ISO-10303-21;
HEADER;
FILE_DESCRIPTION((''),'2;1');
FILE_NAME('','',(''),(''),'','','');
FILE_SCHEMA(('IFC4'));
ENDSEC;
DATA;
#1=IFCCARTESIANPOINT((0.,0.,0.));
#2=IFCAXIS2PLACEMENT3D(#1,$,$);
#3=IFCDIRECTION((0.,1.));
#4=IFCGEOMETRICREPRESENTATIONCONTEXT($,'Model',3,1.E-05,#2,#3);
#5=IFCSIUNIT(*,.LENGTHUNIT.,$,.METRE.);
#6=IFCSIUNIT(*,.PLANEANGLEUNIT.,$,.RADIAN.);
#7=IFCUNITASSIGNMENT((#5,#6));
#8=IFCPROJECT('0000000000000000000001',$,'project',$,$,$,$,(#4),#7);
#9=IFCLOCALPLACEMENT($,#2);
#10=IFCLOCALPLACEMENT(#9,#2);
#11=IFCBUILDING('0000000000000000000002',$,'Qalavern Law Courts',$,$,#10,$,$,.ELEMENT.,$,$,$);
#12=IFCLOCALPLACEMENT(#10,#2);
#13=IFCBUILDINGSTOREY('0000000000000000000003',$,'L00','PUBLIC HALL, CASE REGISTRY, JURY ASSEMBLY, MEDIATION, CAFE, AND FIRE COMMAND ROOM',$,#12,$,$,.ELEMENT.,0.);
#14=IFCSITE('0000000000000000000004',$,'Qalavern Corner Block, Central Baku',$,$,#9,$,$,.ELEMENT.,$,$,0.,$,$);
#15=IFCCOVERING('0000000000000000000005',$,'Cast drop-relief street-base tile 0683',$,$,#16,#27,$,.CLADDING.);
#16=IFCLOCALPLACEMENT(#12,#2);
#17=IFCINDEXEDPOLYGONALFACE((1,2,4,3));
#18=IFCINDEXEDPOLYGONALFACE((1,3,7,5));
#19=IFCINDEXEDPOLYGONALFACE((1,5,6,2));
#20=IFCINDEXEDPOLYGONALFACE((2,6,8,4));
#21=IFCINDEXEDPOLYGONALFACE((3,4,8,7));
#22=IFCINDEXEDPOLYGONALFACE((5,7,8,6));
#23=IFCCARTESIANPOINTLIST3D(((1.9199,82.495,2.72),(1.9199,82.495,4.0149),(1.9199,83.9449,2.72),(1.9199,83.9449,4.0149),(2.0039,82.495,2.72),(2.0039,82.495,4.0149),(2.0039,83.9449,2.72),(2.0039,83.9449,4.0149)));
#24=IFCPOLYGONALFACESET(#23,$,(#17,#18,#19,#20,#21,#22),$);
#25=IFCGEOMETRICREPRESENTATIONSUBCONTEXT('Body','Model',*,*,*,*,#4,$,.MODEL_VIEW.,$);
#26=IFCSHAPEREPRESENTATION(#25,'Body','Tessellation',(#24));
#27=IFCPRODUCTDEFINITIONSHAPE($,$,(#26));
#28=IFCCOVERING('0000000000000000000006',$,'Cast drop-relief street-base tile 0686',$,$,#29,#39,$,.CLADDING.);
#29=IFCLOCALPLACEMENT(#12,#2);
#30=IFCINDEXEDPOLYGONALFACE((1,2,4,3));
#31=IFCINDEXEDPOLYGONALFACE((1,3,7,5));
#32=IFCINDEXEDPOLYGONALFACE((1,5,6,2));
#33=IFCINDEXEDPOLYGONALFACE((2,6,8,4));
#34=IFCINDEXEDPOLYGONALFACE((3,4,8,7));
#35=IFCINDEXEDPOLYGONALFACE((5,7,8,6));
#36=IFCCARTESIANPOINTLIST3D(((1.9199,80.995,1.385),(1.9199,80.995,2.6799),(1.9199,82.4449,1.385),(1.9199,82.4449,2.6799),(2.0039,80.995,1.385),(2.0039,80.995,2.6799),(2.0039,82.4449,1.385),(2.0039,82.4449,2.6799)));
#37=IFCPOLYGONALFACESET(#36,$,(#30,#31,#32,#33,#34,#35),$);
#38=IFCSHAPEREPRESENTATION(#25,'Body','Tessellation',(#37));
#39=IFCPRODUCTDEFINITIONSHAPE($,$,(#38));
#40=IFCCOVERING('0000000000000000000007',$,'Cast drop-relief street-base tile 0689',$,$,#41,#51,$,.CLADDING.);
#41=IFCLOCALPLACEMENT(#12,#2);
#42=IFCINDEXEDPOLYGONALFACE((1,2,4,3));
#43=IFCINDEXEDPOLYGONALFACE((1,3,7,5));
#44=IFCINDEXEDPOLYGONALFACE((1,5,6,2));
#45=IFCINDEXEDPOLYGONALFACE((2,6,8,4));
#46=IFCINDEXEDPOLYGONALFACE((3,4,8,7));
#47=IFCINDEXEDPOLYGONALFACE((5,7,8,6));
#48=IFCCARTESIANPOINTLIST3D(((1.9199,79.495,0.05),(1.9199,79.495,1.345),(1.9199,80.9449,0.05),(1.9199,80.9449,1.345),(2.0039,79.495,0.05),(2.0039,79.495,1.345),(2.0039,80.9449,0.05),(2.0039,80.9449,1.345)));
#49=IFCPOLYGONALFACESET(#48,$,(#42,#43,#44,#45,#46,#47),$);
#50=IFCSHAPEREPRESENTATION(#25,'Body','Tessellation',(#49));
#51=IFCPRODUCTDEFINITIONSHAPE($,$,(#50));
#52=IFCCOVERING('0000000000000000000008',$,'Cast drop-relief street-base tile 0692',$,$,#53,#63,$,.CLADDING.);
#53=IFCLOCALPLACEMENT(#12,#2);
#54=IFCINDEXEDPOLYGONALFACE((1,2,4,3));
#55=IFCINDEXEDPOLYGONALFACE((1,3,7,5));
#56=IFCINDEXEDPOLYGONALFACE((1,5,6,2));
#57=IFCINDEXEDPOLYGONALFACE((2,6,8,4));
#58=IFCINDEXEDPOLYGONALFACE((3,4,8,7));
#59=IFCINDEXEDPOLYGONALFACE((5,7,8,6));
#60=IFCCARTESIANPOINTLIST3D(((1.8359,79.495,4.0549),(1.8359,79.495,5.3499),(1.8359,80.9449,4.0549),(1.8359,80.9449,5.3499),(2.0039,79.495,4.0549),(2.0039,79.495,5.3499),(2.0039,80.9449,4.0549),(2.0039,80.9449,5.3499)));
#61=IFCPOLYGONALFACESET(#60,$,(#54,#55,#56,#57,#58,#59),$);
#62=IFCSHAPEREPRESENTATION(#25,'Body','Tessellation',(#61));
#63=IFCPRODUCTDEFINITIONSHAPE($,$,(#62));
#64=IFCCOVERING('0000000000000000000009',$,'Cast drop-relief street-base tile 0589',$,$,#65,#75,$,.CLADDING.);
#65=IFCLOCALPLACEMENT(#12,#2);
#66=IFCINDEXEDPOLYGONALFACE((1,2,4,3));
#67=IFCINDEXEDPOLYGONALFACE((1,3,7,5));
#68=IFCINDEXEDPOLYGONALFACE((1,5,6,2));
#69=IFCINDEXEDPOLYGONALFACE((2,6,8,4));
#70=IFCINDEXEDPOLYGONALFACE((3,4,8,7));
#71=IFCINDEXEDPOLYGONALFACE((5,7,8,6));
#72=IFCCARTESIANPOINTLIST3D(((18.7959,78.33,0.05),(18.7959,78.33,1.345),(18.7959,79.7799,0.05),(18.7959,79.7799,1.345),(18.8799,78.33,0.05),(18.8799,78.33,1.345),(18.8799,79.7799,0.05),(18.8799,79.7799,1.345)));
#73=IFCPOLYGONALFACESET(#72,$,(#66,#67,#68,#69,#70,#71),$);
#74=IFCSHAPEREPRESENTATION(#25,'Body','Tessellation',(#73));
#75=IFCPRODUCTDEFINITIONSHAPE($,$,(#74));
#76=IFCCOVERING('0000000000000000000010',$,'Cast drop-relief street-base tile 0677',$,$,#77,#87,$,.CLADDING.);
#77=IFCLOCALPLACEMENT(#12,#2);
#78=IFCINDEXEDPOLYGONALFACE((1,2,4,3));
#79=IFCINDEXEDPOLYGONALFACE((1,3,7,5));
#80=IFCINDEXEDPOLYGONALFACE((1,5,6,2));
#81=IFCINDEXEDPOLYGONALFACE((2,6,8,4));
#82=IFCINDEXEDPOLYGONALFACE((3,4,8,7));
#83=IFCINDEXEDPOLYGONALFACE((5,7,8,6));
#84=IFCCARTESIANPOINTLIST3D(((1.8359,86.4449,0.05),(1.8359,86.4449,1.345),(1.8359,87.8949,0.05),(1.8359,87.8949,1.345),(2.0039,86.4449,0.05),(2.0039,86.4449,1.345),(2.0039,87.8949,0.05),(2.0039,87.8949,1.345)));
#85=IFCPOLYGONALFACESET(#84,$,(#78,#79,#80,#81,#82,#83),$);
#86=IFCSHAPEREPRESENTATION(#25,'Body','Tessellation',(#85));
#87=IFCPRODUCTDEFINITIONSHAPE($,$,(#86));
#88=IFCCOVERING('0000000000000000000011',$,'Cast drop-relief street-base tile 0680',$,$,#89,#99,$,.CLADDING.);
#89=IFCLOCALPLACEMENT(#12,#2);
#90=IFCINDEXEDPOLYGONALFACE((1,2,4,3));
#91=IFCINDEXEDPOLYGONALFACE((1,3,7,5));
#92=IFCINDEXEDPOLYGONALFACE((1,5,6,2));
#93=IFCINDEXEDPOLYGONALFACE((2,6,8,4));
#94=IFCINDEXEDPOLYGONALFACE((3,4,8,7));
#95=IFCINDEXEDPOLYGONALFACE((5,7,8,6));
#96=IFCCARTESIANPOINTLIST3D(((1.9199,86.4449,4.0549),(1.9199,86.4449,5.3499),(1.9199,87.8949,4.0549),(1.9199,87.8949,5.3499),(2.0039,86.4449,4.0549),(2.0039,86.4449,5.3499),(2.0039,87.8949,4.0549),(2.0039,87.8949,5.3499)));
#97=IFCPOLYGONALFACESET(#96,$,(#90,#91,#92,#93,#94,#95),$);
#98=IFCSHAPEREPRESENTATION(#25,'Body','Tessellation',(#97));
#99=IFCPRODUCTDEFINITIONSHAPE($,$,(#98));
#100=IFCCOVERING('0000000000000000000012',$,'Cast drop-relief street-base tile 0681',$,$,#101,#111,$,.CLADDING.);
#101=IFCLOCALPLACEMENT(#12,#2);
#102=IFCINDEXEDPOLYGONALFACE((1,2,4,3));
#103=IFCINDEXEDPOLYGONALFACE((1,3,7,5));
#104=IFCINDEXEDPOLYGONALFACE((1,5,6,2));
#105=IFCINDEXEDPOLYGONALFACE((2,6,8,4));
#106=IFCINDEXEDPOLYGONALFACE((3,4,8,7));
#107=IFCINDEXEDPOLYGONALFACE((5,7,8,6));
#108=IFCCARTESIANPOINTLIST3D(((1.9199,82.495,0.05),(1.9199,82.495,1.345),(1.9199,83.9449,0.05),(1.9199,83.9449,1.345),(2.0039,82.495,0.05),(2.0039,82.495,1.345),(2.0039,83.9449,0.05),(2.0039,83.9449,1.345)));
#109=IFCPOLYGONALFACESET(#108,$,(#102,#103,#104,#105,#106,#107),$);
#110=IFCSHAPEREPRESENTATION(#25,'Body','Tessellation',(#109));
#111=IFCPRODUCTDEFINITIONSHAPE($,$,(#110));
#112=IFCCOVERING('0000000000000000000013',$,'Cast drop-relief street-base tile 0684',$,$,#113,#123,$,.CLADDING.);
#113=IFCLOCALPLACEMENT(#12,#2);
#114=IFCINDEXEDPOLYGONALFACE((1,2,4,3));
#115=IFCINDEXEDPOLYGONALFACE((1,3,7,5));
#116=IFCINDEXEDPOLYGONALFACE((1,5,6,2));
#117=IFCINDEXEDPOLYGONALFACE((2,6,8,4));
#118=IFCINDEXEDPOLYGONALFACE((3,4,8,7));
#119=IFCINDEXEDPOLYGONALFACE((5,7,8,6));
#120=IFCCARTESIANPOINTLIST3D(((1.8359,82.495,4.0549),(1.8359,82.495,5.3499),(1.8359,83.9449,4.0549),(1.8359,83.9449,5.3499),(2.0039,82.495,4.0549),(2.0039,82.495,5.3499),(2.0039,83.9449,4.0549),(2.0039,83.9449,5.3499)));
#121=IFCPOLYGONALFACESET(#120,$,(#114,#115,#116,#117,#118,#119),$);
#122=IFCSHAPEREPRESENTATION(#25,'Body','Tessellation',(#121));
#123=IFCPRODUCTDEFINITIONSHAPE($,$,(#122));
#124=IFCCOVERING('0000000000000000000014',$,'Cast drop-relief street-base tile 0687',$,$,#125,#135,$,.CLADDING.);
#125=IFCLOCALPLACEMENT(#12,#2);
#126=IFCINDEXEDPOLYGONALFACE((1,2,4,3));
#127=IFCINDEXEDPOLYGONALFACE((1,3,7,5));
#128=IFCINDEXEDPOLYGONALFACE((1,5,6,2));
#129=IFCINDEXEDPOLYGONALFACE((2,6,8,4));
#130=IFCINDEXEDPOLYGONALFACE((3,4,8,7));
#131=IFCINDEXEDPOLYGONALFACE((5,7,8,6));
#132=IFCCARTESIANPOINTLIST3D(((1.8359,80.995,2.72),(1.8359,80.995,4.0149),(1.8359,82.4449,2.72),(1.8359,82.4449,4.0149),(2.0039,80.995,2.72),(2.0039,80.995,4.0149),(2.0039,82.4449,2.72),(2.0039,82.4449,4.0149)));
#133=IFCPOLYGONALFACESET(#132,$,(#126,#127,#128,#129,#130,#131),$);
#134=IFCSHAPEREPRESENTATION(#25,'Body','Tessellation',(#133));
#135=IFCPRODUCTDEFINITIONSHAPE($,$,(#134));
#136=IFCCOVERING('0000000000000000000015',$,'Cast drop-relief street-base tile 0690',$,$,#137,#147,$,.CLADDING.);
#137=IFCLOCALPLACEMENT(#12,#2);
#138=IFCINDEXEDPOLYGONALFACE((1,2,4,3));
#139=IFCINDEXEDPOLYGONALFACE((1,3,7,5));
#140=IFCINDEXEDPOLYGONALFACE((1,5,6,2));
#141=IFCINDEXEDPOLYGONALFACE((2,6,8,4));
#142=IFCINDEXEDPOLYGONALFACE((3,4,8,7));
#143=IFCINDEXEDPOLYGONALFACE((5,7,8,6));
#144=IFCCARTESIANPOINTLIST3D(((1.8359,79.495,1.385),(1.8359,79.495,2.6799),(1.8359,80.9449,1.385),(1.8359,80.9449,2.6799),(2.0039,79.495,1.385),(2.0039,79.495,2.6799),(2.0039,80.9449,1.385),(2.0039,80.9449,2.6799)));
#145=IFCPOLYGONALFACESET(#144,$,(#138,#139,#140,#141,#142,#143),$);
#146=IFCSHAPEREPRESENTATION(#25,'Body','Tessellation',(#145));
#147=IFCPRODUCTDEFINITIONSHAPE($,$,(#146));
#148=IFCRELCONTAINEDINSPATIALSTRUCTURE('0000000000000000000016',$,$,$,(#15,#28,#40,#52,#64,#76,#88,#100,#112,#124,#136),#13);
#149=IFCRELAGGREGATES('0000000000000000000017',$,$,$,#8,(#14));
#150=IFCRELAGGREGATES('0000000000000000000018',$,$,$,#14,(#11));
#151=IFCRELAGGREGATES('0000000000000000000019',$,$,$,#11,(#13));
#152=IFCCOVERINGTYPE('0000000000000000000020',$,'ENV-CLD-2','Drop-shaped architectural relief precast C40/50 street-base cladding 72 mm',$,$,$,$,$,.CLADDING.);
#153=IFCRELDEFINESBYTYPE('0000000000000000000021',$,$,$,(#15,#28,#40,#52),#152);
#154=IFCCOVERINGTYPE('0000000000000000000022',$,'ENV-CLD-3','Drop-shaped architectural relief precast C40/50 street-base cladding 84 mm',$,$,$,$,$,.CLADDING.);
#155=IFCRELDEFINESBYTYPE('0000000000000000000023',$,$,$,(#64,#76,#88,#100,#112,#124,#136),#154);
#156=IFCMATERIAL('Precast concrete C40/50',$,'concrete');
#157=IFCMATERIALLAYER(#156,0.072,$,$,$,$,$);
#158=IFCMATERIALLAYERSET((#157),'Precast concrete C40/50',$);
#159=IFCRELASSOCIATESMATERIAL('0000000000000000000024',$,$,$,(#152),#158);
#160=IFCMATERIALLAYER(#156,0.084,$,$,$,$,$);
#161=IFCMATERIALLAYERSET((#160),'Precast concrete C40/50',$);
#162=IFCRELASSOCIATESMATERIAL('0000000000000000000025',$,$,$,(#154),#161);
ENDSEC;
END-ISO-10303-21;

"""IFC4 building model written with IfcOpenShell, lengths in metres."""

from ifc_helpers import new_model, si_unit, direction, frame, origin, origin_2d, place, context, subcontext, project, spatial, rectangle, extrude, material, layer, layer_set, type_object, element, save


model = new_model("IFC4")

# Units and contexts
model_context = context("Model", 3, precision=1e-05, world=origin(), true_north=direction((0.0, 1.0)))
body_context = subcontext(model_context, "Body", "Model", "MODEL_VIEW")
ifc_project = project(units=[si_unit("LENGTHUNIT", "METRE"), si_unit("PLANEANGLEUNIT", "RADIAN")], contexts=[model_context])

# Site, building, storey
site_placement = place(None, origin())
site = spatial("IfcSite", under=ifc_project, at=site_placement, Name="Qalavern Corner Block, Central Baku", CompositionType="ELEMENT", RefElevation=0.0)
building_placement = place(site_placement, origin())
building = spatial("IfcBuilding", under=site, at=building_placement, Name="Qalavern Law Courts", CompositionType="ELEMENT")
storey_placement = place(building_placement, origin())
storey = spatial("IfcBuildingStorey", under=building, at=storey_placement, Name="L00", Description="PUBLIC HALL, CASE REGISTRY, JURY ASSEMBLY, MEDIATION, CAFE, AND FIRE COMMAND ROOM", CompositionType="ELEMENT", Elevation=0.0)

# Coverings
ifc_material_1 = material(Name="Precast concrete C40/50", Category="concrete")
ifc_layer_1 = layer(ifc_material_1, 0.072)
ifc_layer_set_1 = layer_set([ifc_layer_1], Name="Precast concrete C40/50")
covering_type_1 = type_object("IfcCoveringType", Name="ENV-CLD-2", Description="Drop-shaped architectural relief precast C40/50 street-base cladding 72 mm", PredefinedType="CLADDING", material=ifc_layer_set_1)
for number, where, z_axis, x_axis, name in (
    (1, (1.9619, 83.22, 2.72), (0.0, 0.0, 1.0), (0.0, -1.0, 0.0), "Cast drop-relief street-base tile 0683"),
    (2, (1.9619, 81.72, 1.385), (0.0, 0.0, 1.0), (0.0, -1.0, 0.0), "Cast drop-relief street-base tile 0686"),
    (3, (1.9619, 80.22, 0.05), (0.0, 0.0, 1.0), (0.0, -1.0, 0.0), "Cast drop-relief street-base tile 0689"),
):
    element("IfcCovering", number, at=place(storey_placement, frame(where, z_axis=z_axis, x_axis=x_axis)), inside=storey, type_object=covering_type_1, Name=name, PredefinedType="CLADDING", context=body_context, shape_type="SweptSolid", body=[
        extrude(rectangle(XDim=1.45, YDim=0.084, at=origin_2d()), origin(), (0.0, 0.0, 1.0), 1.2949),
    ])
covering_1_placement = place(storey_placement, frame((1.9199, 80.22, 4.0549), z_axis=(0.0, 0.0, 1.0), x_axis=(0.0, -1.0, 0.0)))
element("IfcCovering", 4, at=covering_1_placement, inside=storey, type_object=covering_type_1, Name="Cast drop-relief street-base tile 0692", PredefinedType="CLADDING", context=body_context, shape_type="SweptSolid", body=[
    extrude(rectangle(XDim=1.45, YDim=0.168, at=origin_2d()), origin(), (0.0, 0.0, 1.0), 1.2949),
])
ifc_layer_2 = layer(ifc_material_1, 0.084)
ifc_layer_set_2 = layer_set([ifc_layer_2], Name="Precast concrete C40/50")
covering_type_2 = type_object("IfcCoveringType", Name="ENV-CLD-3", Description="Drop-shaped architectural relief precast C40/50 street-base cladding 84 mm", PredefinedType="CLADDING", material=ifc_layer_set_2)
covering_2_placement = place(storey_placement, frame((18.8379, 79.0549, 0.05), z_axis=(0.0, 0.0, 1.0), x_axis=(0.0, 1.0, 0.0)))
element("IfcCovering", 5, at=covering_2_placement, inside=storey, type_object=covering_type_2, Name="Cast drop-relief street-base tile 0589", PredefinedType="CLADDING", context=body_context, shape_type="SweptSolid", body=[
    extrude(rectangle(XDim=1.45, YDim=0.084, at=origin_2d()), origin(), (0.0, 0.0, 1.0), 1.2949),
])
covering_3_placement = place(storey_placement, frame((1.9199, 87.1699, 0.05), z_axis=(0.0, 0.0, 1.0), x_axis=(0.0, -1.0, 0.0)))
element("IfcCovering", 6, at=covering_3_placement, inside=storey, type_object=covering_type_2, Name="Cast drop-relief street-base tile 0677", PredefinedType="CLADDING", context=body_context, shape_type="SweptSolid", body=[
    extrude(rectangle(XDim=1.45, YDim=0.168, at=origin_2d()), origin(), (0.0, 0.0, 1.0), 1.2949),
])
for number, where, z_axis, x_axis, name in (
    (7, (1.9619, 87.1699, 4.0549), (0.0, 0.0, 1.0), (0.0, -1.0, 0.0), "Cast drop-relief street-base tile 0680"),
    (8, (1.9619, 83.22, 0.05), (0.0, 0.0, 1.0), (0.0, -1.0, 0.0), "Cast drop-relief street-base tile 0681"),
):
    element("IfcCovering", number, at=place(storey_placement, frame(where, z_axis=z_axis, x_axis=x_axis)), inside=storey, type_object=covering_type_2, Name=name, PredefinedType="CLADDING", context=body_context, shape_type="SweptSolid", body=[
        extrude(rectangle(XDim=1.45, YDim=0.084, at=origin_2d()), origin(), (0.0, 0.0, 1.0), 1.2949),
    ])
for number, where, z_axis, x_axis, name in (
    (9, (1.9199, 83.22, 4.0549), (0.0, 0.0, 1.0), (0.0, -1.0, 0.0), "Cast drop-relief street-base tile 0684"),
    (10, (1.9199, 81.72, 2.72), (0.0, 0.0, 1.0), (0.0, -1.0, 0.0), "Cast drop-relief street-base tile 0687"),
    (11, (1.9199, 80.22, 1.385), (0.0, 0.0, 1.0), (0.0, -1.0, 0.0), "Cast drop-relief street-base tile 0690"),
):
    element("IfcCovering", number, at=place(storey_placement, frame(where, z_axis=z_axis, x_axis=x_axis)), inside=storey, type_object=covering_type_2, Name=name, PredefinedType="CLADDING", context=body_context, shape_type="SweptSolid", body=[
        extrude(rectangle(XDim=1.45, YDim=0.168, at=origin_2d()), origin(), (0.0, 0.0, 1.0), 1.2949),
    ])

save(model, "model.ifc")
